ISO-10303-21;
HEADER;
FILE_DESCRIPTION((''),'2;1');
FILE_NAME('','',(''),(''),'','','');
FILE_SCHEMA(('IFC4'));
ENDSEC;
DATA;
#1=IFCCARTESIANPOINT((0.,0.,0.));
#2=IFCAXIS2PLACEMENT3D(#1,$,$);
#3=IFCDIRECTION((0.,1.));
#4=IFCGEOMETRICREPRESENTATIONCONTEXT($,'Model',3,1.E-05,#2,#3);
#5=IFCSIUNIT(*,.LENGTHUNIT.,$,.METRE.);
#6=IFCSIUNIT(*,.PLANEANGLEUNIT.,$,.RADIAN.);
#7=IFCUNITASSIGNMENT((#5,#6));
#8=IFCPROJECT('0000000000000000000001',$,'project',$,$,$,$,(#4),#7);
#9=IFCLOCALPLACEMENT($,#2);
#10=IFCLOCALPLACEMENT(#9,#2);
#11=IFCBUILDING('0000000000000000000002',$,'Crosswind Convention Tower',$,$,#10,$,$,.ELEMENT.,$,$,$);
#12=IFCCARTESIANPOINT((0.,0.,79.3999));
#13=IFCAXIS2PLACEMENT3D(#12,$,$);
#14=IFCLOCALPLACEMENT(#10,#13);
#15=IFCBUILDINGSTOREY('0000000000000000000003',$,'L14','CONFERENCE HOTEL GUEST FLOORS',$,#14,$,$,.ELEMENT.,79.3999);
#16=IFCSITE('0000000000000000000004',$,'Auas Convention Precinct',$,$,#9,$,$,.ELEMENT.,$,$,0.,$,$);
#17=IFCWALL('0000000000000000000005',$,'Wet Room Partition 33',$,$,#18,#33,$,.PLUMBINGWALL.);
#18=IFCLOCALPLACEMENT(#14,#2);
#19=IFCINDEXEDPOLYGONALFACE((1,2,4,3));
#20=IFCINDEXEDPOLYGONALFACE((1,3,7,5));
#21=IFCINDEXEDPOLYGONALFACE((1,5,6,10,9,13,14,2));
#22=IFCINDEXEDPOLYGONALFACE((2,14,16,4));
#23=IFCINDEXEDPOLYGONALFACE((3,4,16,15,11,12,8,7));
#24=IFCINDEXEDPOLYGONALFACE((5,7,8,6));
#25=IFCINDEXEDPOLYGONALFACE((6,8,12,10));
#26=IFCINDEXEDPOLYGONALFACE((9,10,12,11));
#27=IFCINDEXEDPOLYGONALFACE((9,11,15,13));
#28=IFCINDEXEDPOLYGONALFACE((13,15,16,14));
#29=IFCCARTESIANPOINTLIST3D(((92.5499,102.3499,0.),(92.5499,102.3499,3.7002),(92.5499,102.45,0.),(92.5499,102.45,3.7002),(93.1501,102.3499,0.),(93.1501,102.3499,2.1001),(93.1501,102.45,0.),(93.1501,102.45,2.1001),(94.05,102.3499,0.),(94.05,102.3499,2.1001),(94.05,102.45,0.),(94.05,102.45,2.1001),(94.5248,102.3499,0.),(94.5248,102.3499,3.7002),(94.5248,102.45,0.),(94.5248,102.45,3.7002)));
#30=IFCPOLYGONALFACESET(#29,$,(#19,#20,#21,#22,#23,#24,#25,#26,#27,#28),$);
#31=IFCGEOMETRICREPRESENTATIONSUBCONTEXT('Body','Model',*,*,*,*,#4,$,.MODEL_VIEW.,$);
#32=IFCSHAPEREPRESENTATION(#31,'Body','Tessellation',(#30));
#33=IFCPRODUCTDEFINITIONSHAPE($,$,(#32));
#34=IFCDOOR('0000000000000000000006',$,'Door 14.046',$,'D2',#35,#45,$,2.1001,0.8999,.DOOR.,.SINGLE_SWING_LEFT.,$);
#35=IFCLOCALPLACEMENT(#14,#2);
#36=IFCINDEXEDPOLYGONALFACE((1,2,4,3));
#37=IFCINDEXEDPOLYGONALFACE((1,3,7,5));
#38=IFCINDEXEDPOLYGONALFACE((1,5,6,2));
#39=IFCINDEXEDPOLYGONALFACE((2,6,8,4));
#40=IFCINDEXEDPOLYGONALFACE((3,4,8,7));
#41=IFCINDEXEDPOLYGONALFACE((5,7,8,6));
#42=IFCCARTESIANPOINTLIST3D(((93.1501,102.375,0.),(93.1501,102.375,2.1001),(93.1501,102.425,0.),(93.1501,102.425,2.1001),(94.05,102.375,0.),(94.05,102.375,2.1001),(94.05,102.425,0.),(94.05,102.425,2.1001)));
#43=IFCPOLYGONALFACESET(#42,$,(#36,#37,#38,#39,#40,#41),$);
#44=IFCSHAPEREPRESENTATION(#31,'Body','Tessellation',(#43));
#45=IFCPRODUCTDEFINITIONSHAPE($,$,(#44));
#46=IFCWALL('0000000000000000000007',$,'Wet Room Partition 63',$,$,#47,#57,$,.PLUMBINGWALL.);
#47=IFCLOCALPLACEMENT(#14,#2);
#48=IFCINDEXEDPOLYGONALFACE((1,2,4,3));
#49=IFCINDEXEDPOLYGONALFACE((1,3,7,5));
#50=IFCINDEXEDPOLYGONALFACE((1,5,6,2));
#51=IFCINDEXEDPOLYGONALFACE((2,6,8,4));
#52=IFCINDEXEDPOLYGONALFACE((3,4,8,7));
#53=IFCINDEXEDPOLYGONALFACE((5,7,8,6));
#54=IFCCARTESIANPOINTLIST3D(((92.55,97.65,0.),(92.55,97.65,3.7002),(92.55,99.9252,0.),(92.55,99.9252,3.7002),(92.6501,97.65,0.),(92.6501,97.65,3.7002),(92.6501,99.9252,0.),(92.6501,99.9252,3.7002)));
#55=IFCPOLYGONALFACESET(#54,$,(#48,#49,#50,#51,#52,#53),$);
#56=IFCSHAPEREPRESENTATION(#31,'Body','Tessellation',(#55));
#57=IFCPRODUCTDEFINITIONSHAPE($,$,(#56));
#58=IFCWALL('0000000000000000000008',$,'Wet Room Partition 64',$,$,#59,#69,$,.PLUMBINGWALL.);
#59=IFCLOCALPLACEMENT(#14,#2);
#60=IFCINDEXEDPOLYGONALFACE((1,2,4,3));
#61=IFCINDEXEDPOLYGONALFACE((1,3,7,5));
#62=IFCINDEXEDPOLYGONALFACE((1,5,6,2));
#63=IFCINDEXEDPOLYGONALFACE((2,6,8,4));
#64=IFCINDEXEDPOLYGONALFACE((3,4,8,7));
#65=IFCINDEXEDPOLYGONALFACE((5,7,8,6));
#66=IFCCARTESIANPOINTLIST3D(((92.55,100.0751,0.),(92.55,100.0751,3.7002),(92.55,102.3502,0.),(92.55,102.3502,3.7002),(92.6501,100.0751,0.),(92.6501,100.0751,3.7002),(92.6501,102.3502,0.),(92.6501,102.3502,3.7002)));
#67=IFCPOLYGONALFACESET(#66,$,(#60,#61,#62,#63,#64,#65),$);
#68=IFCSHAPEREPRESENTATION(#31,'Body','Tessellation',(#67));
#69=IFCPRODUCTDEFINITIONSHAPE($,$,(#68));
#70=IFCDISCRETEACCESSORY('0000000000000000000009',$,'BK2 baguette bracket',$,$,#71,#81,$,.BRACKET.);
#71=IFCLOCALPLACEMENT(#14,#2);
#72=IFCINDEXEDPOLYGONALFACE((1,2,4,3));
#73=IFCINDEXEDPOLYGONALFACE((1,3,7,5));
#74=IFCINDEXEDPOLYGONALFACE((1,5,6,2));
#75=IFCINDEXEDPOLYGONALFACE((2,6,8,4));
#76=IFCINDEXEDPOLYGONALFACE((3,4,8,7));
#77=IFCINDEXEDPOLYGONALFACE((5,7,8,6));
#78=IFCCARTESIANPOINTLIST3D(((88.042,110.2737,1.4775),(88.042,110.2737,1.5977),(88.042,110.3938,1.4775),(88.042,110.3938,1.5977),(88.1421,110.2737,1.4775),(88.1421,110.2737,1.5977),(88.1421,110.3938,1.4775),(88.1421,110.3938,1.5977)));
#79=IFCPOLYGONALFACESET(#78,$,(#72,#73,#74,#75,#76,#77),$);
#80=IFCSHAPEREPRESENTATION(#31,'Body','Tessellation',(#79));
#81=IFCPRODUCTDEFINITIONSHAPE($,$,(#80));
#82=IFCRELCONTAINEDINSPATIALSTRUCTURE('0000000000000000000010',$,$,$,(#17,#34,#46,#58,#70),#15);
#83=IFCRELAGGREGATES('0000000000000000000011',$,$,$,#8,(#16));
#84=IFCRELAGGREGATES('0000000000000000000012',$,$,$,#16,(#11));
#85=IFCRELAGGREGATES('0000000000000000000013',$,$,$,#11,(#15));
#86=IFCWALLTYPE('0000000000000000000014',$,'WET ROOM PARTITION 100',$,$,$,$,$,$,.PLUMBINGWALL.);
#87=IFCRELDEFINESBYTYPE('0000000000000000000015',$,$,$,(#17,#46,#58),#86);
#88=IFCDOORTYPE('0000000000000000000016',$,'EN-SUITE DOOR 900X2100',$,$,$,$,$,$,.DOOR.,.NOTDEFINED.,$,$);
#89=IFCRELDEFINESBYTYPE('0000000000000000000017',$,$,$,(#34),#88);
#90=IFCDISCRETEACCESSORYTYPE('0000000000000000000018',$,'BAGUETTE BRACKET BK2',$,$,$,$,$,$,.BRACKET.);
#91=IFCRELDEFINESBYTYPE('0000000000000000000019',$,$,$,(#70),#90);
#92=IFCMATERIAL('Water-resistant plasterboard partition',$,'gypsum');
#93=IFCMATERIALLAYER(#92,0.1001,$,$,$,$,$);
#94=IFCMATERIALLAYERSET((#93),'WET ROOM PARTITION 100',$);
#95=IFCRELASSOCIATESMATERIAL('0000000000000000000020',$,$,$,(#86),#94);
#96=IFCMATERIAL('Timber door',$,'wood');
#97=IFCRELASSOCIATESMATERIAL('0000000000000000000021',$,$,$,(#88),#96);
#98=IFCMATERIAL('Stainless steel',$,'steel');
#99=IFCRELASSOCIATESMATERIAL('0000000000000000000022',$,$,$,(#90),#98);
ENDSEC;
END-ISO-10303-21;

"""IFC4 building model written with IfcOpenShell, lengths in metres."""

from ifc_helpers import new_model, si_unit, direction, frame, frame_2d, origin, origin_2d, place, context, subcontext, project, spatial, rectangle, extrude, material, layer, layer_set, type_object, element, fill, save


model = new_model("IFC4")

# Units and contexts
model_context = context("Model", 3, precision=1e-05, world=origin(), true_north=direction((0.0, 1.0)))
body_context = subcontext(model_context, "Body", "Model", "MODEL_VIEW")
ifc_project = project(units=[si_unit("LENGTHUNIT", "METRE"), si_unit("PLANEANGLEUNIT", "RADIAN")], contexts=[model_context])

# Site, building, storey
site_placement = place(None, origin())
site = spatial("IfcSite", under=ifc_project, at=site_placement, Name="Auas Convention Precinct", CompositionType="ELEMENT", RefElevation=0.0)
building_placement = place(site_placement, origin())
building = spatial("IfcBuilding", under=site, at=building_placement, Name="Crosswind Convention Tower", CompositionType="ELEMENT")
storey_placement = place(building_placement, frame((0.0, 0.0, 79.3999)))
storey = spatial("IfcBuildingStorey", under=building, at=storey_placement, Name="L14", Description="CONFERENCE HOTEL GUEST FLOORS", CompositionType="ELEMENT", Elevation=79.3999)

# Wall, opening, door
ifc_material_1 = material(Name="Water-resistant plasterboard partition", Category="gypsum")
ifc_layer_1 = layer(ifc_material_1, 0.1001)
ifc_layer_set_1 = layer_set([ifc_layer_1], Name="WET ROOM PARTITION 100")
wall_type_1 = type_object("IfcWallType", Name="WET ROOM PARTITION 100", PredefinedType="PLUMBINGWALL", material=ifc_layer_set_1)
ifc_material_2 = material(Name="Timber door", Category="wood")
door_type_1 = type_object("IfcDoorType", Name="EN-SUITE DOOR 900X2100", OperationType="NOTDEFINED", PredefinedType="DOOR", material=ifc_material_2)
wall_1_placement = place(storey_placement, frame((92.55, 102.3999, 0.0), z_axis=(0.0, 0.0, 1.0), x_axis=(1.0, 0.0, 0.0)))
wall_1 = element("IfcWall", 1, at=wall_1_placement, inside=storey, type_object=wall_type_1, Name="Wet Room Partition 33", PredefinedType="PLUMBINGWALL", context=body_context, shape_type="SweptSolid", body=[
    extrude(rectangle(XDim=1.9749, YDim=0.1001, at=frame_2d((0.9873, 0.0))), origin(), (0.0, 0.0, 1.0), 3.7002),
])
opening_1_placement = place(wall_1_placement, frame((0.6001, 0.0, 0.0)))
opening_1 = element("IfcOpeningElement", 2, at=opening_1_placement, cuts=wall_1, PredefinedType="OPENING", context=body_context, shape_type="SweptSolid", body=[
    extrude(rectangle(XDim=0.8999, YDim=2.1001, at=frame_2d((0.45, 1.05))), frame((0.0, 0.0601, 0.0), z_axis=(0.0, -1.0, 0.0), x_axis=(1.0, 0.0, 0.0)), (0.0, 0.0, 1.0), 0.1201),
])
door_1_placement = place(opening_1_placement, frame((0.8999, 0.0, 0.0), z_axis=(0.0, 0.0, 1.0), x_axis=(-1.0, 0.0, 0.0)))
door_1 = element("IfcDoor", 3, at=door_1_placement, inside=storey, type_object=door_type_1, Name="Door 14.046", ObjectType="D2", OperationType="SINGLE_SWING_LEFT", OverallHeight=2.1001, OverallWidth=0.8999, PredefinedType="DOOR", context=body_context, shape_type="SweptSolid", body=[
    extrude(rectangle(XDim=0.8999, YDim=2.1001, at=frame_2d((0.45, 1.05))), frame((0.0, 0.0249, 0.0), z_axis=(0.0, -1.0, 0.0), x_axis=(1.0, 0.0, 0.0)), (0.0, 0.0, 1.0), 0.05),
])
fill(opening_1, door_1)

# Walls
for number, where, z_axis, x_axis, name in (
    (4, (92.6001, 97.6499, 0.0), (0.0, 0.0, 1.0), (0.0, 1.0, 0.0), "Wet Room Partition 63"),
    (5, (92.6001, 100.075, 0.0), (0.0, 0.0, 1.0), (0.0, 1.0, 0.0), "Wet Room Partition 64"),
):
    element("IfcWall", number, at=place(storey_placement, frame(where, z_axis=z_axis, x_axis=x_axis)), inside=storey, type_object=wall_type_1, Name=name, PredefinedType="PLUMBINGWALL", context=body_context, shape_type="SweptSolid", body=[
        extrude(rectangle(XDim=2.2751, YDim=0.1001, at=frame_2d((1.1377, 0.0))), origin(), (0.0, 0.0, 1.0), 3.7002),
    ])

# Discrete accessory
ifc_material_3 = material(Name="Stainless steel", Category="steel")
discrete_accessory_type = type_object("IfcDiscreteAccessoryType", Name="BAGUETTE BRACKET BK2", PredefinedType="BRACKET", material=ifc_material_3)
discrete_accessory_placement = place(storey_placement, frame((88.092, 110.3337, 1.4775), z_axis=(0.0, 0.0, 1.0), x_axis=(0.0, -1.0, 0.0)))
element("IfcDiscreteAccessory", 6, at=discrete_accessory_placement, inside=storey, type_object=discrete_accessory_type, Name="BK2 baguette bracket", PredefinedType="BRACKET", context=body_context, shape_type="SweptSolid", body=[
    extrude(rectangle(XDim=0.1201, YDim=0.1001, at=origin_2d()), origin(), (0.0, 0.0, 1.0), 0.1201),
])

save(model, "model.ifc")
